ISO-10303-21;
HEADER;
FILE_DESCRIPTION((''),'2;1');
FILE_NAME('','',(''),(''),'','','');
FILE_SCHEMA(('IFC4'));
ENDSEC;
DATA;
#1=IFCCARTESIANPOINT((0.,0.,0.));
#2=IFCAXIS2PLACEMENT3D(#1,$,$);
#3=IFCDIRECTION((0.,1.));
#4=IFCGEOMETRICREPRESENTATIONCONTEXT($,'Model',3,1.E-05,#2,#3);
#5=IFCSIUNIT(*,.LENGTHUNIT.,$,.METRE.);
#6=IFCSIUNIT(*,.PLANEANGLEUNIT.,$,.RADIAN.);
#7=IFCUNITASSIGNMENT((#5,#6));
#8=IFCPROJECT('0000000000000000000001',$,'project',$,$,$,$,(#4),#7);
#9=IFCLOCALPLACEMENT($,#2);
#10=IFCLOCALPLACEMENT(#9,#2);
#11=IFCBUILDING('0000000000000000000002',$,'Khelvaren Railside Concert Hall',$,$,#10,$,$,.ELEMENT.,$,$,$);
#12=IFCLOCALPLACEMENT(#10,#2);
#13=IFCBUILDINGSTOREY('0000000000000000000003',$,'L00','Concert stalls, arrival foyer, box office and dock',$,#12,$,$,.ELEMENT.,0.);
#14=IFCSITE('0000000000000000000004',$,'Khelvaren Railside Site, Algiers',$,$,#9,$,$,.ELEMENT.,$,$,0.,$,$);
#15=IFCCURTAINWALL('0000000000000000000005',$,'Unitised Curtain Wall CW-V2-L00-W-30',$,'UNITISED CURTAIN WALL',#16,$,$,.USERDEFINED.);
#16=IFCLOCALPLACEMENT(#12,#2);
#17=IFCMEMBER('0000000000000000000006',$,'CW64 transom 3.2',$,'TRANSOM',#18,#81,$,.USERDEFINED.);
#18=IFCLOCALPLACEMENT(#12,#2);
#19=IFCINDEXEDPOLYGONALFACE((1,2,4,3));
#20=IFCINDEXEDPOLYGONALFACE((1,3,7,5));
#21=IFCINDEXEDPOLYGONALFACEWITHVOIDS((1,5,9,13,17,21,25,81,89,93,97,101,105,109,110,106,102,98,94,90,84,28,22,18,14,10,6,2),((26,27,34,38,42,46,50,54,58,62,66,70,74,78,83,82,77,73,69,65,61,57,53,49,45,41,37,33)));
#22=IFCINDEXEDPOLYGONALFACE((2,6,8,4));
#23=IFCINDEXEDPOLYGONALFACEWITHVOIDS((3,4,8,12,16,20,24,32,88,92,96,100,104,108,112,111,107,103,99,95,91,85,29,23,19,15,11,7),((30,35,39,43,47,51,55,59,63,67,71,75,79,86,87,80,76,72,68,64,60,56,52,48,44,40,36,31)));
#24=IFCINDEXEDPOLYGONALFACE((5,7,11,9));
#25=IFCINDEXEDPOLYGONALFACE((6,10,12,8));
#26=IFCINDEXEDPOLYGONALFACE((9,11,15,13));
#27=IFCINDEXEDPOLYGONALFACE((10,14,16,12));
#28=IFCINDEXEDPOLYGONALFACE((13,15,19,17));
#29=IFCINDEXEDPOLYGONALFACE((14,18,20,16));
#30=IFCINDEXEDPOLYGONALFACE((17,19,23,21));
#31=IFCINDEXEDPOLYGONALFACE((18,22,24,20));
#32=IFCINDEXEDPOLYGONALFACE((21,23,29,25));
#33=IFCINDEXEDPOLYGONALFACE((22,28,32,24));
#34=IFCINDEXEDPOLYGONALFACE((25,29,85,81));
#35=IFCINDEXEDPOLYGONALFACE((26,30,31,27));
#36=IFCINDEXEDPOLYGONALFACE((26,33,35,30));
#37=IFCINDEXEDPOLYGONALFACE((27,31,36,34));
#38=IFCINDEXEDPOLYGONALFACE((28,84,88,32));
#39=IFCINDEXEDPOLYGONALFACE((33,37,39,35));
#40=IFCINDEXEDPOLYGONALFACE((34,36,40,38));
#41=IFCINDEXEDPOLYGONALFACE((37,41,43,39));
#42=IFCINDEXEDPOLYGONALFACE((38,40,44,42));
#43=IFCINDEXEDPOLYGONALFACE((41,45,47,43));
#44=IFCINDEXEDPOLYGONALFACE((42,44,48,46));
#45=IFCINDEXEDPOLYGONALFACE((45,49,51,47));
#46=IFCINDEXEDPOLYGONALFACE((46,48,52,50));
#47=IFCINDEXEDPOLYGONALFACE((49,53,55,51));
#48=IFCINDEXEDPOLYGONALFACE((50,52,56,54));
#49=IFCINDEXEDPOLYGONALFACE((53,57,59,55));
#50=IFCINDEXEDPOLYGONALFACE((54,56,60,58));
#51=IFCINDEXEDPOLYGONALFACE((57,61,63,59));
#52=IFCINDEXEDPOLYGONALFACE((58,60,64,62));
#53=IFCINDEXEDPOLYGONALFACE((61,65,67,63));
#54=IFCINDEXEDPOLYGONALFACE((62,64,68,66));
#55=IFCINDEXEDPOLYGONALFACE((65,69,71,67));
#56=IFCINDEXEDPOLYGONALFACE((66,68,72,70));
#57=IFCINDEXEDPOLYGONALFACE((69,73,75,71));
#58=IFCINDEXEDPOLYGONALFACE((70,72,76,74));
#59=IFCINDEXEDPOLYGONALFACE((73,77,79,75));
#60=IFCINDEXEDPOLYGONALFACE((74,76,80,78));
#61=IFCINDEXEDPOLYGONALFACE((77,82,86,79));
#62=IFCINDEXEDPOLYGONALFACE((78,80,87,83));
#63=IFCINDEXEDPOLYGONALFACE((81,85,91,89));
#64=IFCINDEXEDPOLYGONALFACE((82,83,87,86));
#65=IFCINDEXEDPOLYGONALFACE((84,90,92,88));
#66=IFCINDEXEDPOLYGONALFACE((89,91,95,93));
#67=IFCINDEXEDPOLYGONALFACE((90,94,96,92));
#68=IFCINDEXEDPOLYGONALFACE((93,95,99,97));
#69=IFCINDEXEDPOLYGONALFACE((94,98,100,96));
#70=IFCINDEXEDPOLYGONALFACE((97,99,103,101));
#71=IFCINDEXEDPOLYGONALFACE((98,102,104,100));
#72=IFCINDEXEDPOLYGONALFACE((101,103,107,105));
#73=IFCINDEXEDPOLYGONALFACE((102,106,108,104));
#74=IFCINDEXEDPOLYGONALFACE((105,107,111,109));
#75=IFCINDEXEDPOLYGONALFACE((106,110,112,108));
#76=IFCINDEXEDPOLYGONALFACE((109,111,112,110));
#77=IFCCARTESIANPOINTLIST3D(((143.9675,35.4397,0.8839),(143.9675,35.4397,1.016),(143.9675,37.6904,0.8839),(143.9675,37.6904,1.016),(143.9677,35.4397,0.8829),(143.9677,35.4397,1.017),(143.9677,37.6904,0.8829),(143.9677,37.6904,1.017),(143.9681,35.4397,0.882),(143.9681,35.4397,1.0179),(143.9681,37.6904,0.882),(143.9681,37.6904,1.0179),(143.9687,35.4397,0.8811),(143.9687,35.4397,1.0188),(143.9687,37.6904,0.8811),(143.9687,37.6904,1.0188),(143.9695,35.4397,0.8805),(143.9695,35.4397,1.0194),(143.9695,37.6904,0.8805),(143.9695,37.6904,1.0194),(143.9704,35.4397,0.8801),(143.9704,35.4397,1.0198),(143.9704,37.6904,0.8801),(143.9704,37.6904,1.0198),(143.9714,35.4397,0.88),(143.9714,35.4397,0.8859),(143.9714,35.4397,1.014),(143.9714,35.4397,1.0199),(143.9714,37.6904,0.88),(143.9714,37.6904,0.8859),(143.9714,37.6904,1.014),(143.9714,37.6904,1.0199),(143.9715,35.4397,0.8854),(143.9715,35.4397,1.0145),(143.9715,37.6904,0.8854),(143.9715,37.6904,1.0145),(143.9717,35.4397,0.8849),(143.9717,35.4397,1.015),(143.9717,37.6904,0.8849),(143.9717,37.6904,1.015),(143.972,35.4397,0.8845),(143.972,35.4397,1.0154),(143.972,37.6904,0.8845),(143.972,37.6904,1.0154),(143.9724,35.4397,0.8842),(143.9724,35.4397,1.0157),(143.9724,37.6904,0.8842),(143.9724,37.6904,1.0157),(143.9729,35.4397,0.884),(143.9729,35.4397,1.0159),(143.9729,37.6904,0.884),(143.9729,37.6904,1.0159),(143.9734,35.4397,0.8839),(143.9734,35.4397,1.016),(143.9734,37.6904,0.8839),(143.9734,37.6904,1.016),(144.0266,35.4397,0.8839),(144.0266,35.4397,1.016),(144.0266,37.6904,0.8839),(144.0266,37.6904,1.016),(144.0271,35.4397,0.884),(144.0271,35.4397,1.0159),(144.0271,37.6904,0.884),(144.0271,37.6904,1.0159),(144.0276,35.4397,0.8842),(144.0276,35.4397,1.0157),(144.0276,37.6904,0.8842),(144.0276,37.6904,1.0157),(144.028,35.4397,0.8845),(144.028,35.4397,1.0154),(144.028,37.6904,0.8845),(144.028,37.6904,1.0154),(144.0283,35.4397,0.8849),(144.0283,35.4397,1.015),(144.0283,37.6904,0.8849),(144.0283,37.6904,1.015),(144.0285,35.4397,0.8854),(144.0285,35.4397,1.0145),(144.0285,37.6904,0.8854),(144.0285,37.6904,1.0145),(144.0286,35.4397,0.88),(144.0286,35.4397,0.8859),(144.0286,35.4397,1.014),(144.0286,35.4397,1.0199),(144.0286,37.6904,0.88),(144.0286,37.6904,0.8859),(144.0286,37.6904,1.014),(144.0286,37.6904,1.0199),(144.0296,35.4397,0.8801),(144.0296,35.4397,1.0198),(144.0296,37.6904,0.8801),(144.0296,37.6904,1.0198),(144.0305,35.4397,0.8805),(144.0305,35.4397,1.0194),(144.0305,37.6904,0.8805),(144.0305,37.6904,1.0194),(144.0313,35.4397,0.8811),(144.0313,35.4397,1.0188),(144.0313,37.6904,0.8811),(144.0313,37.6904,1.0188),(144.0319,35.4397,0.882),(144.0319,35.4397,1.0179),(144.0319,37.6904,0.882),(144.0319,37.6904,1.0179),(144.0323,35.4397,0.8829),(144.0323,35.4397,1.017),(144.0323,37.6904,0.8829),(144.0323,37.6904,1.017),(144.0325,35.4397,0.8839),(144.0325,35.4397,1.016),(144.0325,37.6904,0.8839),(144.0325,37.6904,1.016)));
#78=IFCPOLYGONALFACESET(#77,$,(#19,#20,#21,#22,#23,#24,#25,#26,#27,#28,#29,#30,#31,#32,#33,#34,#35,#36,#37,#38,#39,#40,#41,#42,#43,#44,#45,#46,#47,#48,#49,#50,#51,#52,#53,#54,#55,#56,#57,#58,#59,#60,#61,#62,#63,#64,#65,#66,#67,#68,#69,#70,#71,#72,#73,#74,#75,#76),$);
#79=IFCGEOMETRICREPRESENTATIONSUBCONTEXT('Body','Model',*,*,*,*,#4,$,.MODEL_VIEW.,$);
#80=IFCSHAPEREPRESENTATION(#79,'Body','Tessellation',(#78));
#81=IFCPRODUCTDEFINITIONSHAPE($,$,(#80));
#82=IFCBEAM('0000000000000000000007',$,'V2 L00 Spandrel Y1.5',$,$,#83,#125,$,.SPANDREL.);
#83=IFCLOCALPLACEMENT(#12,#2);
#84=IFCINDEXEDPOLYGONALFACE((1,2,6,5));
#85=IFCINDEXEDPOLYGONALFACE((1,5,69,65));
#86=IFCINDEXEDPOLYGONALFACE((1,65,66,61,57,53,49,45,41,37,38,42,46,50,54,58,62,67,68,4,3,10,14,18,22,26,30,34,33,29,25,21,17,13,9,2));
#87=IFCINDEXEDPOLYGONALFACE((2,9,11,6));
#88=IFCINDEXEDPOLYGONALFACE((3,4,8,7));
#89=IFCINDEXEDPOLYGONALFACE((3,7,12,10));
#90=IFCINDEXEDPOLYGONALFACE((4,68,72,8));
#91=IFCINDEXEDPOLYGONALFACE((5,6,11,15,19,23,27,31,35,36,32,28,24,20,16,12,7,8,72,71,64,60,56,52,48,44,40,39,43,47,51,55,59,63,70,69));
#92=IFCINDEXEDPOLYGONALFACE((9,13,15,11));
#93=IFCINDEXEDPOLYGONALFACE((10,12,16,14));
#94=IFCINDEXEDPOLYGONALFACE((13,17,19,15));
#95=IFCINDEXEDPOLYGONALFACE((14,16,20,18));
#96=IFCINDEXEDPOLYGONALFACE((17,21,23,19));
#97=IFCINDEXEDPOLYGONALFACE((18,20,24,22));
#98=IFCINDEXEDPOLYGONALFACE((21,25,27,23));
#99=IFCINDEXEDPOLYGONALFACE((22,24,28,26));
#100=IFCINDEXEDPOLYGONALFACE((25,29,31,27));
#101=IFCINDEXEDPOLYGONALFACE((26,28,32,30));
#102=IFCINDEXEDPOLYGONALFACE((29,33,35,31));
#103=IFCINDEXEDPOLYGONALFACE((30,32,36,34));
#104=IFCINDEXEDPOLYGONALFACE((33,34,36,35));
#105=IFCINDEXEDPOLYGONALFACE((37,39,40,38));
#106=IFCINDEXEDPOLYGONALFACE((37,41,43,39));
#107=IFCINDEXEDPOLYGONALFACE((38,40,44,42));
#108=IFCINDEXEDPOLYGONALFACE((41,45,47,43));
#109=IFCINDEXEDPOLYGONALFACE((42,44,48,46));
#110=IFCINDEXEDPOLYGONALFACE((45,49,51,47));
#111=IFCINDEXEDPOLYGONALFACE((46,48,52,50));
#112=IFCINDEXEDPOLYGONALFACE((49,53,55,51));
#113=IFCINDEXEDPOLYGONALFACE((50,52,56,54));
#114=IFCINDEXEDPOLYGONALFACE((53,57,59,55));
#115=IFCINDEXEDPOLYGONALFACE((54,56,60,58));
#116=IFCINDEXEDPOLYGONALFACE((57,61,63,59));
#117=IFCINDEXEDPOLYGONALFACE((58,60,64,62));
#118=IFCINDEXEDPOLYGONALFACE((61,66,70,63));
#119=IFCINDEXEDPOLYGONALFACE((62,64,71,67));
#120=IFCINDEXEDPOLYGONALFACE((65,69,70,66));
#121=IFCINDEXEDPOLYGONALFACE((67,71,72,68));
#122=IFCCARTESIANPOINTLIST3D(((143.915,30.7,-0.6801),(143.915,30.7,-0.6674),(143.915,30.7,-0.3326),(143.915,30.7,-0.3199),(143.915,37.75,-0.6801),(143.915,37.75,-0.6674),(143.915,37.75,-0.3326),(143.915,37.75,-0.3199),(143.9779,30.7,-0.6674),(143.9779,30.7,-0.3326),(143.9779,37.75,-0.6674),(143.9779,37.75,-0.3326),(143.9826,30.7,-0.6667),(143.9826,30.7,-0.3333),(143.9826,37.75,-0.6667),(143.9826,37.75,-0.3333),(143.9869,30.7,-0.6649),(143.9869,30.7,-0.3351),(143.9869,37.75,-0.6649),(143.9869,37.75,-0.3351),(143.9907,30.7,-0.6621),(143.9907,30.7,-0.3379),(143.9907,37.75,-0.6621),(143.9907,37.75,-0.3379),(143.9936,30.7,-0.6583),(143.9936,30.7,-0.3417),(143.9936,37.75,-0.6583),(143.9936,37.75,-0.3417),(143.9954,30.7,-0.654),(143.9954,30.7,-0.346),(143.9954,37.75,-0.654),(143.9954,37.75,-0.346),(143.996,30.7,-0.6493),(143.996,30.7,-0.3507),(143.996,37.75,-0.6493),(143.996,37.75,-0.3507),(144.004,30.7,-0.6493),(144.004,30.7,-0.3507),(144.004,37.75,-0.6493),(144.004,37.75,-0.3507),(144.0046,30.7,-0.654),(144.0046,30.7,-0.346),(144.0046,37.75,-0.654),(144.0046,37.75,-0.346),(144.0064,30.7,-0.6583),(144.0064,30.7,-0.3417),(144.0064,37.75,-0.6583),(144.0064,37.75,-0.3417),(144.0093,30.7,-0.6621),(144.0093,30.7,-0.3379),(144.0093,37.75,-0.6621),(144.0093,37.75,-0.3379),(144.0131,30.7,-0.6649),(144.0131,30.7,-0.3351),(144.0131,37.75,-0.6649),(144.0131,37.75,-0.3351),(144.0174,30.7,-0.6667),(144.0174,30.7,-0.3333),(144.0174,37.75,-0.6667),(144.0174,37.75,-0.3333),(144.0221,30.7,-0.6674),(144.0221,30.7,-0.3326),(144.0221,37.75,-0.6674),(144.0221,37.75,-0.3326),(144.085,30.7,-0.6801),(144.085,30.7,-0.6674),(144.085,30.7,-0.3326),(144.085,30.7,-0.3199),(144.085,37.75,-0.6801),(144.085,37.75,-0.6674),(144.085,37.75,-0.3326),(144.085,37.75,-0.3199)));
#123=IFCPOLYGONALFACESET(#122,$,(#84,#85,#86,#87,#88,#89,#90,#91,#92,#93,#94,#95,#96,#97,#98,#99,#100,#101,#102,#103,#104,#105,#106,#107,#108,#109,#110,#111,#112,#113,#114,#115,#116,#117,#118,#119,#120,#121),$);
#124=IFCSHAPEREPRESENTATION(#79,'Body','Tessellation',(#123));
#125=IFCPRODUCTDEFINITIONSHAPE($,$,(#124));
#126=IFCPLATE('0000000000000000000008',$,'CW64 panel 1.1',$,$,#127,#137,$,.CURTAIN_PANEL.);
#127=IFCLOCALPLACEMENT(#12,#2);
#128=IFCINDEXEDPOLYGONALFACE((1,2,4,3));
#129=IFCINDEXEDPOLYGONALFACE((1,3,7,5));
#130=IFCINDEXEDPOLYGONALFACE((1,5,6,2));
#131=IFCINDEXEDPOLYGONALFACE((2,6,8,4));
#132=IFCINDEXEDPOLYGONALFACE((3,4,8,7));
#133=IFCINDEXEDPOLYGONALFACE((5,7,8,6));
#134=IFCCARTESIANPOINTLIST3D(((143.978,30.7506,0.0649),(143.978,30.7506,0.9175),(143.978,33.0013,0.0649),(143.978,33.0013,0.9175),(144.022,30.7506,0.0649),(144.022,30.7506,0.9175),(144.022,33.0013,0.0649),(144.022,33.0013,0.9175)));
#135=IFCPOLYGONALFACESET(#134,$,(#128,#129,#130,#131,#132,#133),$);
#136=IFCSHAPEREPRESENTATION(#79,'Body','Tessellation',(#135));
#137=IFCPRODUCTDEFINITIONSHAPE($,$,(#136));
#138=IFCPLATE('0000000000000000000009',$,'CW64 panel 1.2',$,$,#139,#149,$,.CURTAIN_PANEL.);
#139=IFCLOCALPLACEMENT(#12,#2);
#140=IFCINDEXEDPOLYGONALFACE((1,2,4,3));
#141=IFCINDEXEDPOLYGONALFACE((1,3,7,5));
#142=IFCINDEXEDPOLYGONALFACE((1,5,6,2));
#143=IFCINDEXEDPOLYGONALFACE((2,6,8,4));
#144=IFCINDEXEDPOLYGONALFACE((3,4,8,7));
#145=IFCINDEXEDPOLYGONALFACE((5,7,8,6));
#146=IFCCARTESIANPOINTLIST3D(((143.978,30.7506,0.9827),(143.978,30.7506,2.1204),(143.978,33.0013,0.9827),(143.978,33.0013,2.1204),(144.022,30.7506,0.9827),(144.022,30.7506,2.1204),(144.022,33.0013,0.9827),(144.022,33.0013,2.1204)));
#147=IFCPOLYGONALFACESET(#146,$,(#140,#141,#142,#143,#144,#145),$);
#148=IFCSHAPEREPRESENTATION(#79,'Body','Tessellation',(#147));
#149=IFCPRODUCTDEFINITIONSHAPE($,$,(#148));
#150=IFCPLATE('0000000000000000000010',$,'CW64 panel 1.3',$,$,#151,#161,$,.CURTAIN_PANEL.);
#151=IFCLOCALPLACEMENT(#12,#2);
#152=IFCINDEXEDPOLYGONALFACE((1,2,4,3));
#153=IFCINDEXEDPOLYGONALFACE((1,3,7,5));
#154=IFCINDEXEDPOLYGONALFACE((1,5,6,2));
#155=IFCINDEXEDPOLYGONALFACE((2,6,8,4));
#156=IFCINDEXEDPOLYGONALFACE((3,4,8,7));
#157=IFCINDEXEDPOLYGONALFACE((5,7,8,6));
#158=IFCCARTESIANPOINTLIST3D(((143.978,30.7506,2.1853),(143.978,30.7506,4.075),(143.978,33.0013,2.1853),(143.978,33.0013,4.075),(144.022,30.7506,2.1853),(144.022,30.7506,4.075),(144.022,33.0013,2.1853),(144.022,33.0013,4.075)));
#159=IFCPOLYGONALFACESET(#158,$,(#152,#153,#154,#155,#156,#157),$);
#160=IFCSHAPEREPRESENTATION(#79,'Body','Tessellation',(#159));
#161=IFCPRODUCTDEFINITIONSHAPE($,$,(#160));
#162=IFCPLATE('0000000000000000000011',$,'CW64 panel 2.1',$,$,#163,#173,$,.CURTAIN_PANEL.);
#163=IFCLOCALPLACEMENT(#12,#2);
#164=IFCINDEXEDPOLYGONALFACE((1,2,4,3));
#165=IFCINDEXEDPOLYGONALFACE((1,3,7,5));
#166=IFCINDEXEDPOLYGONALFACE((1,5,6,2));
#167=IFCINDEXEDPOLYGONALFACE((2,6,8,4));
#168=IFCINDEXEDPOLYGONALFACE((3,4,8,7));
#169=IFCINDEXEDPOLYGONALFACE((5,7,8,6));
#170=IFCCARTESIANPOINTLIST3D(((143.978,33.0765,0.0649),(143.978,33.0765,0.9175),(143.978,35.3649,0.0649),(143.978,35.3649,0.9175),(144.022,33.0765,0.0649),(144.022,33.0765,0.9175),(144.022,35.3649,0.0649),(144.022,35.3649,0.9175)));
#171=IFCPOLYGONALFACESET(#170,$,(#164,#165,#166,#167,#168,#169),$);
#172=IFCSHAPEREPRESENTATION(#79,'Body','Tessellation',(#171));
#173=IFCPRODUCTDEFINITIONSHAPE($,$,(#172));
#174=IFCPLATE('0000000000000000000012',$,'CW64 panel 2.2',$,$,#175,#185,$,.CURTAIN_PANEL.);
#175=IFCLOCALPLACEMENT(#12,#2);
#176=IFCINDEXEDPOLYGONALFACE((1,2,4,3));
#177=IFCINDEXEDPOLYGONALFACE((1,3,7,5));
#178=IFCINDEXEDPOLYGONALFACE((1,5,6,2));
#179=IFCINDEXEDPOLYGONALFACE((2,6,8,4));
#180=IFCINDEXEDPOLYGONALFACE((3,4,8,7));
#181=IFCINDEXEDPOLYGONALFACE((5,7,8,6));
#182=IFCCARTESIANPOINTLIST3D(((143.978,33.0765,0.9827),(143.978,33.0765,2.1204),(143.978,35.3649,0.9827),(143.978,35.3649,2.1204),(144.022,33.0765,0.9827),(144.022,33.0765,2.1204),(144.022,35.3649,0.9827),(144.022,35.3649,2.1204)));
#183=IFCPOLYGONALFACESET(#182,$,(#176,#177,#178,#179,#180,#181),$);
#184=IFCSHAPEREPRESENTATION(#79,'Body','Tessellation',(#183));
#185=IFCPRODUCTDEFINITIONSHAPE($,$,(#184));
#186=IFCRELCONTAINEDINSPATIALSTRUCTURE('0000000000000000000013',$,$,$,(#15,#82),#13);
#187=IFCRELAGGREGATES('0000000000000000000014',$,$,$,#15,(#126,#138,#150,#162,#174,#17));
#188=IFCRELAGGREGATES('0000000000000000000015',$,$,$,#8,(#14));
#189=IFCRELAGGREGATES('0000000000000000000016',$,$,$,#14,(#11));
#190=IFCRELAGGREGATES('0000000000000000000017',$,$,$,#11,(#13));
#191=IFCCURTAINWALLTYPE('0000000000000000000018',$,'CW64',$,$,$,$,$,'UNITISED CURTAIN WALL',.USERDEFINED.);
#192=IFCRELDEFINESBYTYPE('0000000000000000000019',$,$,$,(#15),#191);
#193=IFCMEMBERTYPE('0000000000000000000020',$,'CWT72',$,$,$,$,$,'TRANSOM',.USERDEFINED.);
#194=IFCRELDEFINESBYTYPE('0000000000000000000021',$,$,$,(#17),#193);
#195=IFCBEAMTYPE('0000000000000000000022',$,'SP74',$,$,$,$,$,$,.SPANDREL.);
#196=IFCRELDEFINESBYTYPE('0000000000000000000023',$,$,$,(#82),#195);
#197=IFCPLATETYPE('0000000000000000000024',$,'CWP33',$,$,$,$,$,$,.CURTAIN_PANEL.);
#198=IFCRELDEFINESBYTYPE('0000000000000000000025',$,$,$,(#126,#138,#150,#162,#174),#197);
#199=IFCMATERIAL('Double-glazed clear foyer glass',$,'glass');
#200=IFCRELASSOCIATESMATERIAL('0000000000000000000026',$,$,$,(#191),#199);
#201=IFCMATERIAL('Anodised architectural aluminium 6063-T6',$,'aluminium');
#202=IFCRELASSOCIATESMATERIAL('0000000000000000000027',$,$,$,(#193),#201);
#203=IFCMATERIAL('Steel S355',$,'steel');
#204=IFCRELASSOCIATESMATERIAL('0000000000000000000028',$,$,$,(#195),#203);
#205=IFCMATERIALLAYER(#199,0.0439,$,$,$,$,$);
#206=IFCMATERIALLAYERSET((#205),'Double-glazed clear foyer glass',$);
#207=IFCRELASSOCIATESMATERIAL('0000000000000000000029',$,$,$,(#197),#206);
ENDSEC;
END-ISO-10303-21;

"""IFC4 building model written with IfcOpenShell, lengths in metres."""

from ifc_helpers import new_model, si_unit, direction, frame, origin, origin_2d, place, context, subcontext, project, spatial, rectangle, hollow_rectangle, i_section, extrude, material, layer, layer_set, material_profile, profile_set, type_object, element, aggregate, save


model = new_model("IFC4")

# Units and contexts
model_context = context("Model", 3, precision=1e-05, world=origin(), true_north=direction((0.0, 1.0)))
body_context = subcontext(model_context, "Body", "Model", "MODEL_VIEW")
ifc_project = project(units=[si_unit("LENGTHUNIT", "METRE"), si_unit("PLANEANGLEUNIT", "RADIAN")], contexts=[model_context])

# Site, building, storey
site_placement = place(None, origin())
site = spatial("IfcSite", under=ifc_project, at=site_placement, Name="Khelvaren Railside Site, Algiers", CompositionType="ELEMENT", RefElevation=0.0)
building_placement = place(site_placement, origin())
building = spatial("IfcBuilding", under=site, at=building_placement, Name="Khelvaren Railside Concert Hall", CompositionType="ELEMENT")
storey_placement = place(building_placement, origin())
storey = spatial("IfcBuildingStorey", under=building, at=storey_placement, Name="L00", Description="Concert stalls, arrival foyer, box office and dock", CompositionType="ELEMENT", Elevation=0.0)

# Shared definitions
ifc_material_1 = material(Name="Steel S355", Category="steel")

# Curtain wall
ifc_material_2 = material(Name="Double-glazed clear foyer glass", Category="glass")
curtain_wall_type_1 = type_object("IfcCurtainWallType", Name="CW64", ElementType="UNITISED CURTAIN WALL", PredefinedType="USERDEFINED", material=ifc_material_2)
curtain_wall_1_placement = place(storey_placement, origin())
curtain_wall_1 = element("IfcCurtainWall", 1, at=curtain_wall_1_placement, inside=storey, type_object=curtain_wall_type_1, Name="Unitised Curtain Wall CW-V2-L00-W-30", ObjectType="UNITISED CURTAIN WALL", PredefinedType="USERDEFINED")
ifc_material_3 = material(Name="Anodised architectural aluminium 6063-T6", Category="aluminium")
ifc_material_profile_1 = material_profile(ifc_material_3, hollow_rectangle(XDim=0.0649, YDim=0.1399, WallThickness=0.0039, InnerFilletRadius=0.002, OuterFilletRadius=0.0039, at=origin_2d()), Name="CWT 65x140x4")
ifc_profile_set_1 = profile_set([ifc_material_profile_1], Name="Anodised architectural aluminium 6063-T6")
member_type_1 = type_object("IfcMemberType", Name="CWT72", ElementType="TRANSOM", PredefinedType="USERDEFINED", material=ifc_profile_set_1)

# Member
member_1_placement = place(storey_placement, frame((144.0, 35.4397, 0.95), z_axis=(0.0, 1.0, 0.0), x_axis=(-1.0, 0.0, 0.0)))
member_1 = element("IfcMember", 2, at=member_1_placement, type_object=member_type_1, Name="CW64 transom 3.2", ObjectType="TRANSOM", PredefinedType="USERDEFINED", context=body_context, shape_type="SweptSolid", body=[
    extrude(hollow_rectangle(XDim=0.0649, YDim=0.1399, WallThickness=0.0039, InnerFilletRadius=0.002, OuterFilletRadius=0.0039, at=origin_2d()), origin(), (0.0, 0.0, 1.0), 2.2507),
])

# Beam
ifc_material_profile_2 = material_profile(ifc_material_1, i_section(OverallWidth=0.1699, OverallDepth=0.3601, WebThickness=0.0081, FlangeThickness=0.0127, FilletRadius=0.0181, at=origin_2d()), Name="IPE 360")
ifc_profile_set_2 = profile_set([ifc_material_profile_2], Name="Steel S355")
beam_type = type_object("IfcBeamType", Name="SP74", PredefinedType="SPANDREL", material=ifc_profile_set_2)
beam_placement = place(storey_placement, frame((144.0, 30.7, -0.5), z_axis=(0.0, 1.0, 0.0), x_axis=(-1.0, 0.0, 0.0)))
element("IfcBeam", 3, at=beam_placement, inside=storey, type_object=beam_type, Name="V2 L00 Spandrel Y1.5", PredefinedType="SPANDREL", context=body_context, shape_type="SweptSolid", body=[
    extrude(i_section(OverallWidth=0.1699, OverallDepth=0.3601, WebThickness=0.0081, FlangeThickness=0.0127, FilletRadius=0.0181, at=origin_2d()), origin(), (0.0, 0.0, 1.0), 7.05),
])

# Plates
ifc_layer_1 = layer(ifc_material_2, 0.0439)
ifc_layer_set_1 = layer_set([ifc_layer_1], Name="Double-glazed clear foyer glass")
plate_type_1 = type_object("IfcPlateType", Name="CWP33", PredefinedType="CURTAIN_PANEL", material=ifc_layer_set_1)
plate_1_placement = place(storey_placement, frame((144.0, 31.876, 0.0649), z_axis=(0.0, 0.0, 1.0), x_axis=(0.0, 1.0, 0.0)))
plate_1 = element("IfcPlate", 4, at=plate_1_placement, type_object=plate_type_1, Name="CW64 panel 1.1", PredefinedType="CURTAIN_PANEL", context=body_context, shape_type="SweptSolid", body=[
    extrude(rectangle(XDim=2.2507, YDim=0.0439, at=origin_2d()), origin(), (0.0, 0.0, 1.0), 0.8525),
])
plate_2_placement = place(storey_placement, frame((144.0, 31.876, 0.9827), z_axis=(0.0, 0.0, 1.0), x_axis=(0.0, 1.0, 0.0)))
plate_2 = element("IfcPlate", 5, at=plate_2_placement, type_object=plate_type_1, Name="CW64 panel 1.2", PredefinedType="CURTAIN_PANEL", context=body_context, shape_type="SweptSolid", body=[
    extrude(rectangle(XDim=2.2507, YDim=0.0439, at=origin_2d()), origin(), (0.0, 0.0, 1.0), 1.1377),
])
plate_3_placement = place(storey_placement, frame((144.0, 31.876, 2.1853), z_axis=(0.0, 0.0, 1.0), x_axis=(0.0, 1.0, 0.0)))
plate_3 = element("IfcPlate", 6, at=plate_3_placement, type_object=plate_type_1, Name="CW64 panel 1.3", PredefinedType="CURTAIN_PANEL", context=body_context, shape_type="SweptSolid", body=[
    extrude(rectangle(XDim=2.2507, YDim=0.0439, at=origin_2d()), origin(), (0.0, 0.0, 1.0), 1.8896),
])
plate_4_placement = place(storey_placement, frame((144.0, 34.2207, 0.0649), z_axis=(0.0, 0.0, 1.0), x_axis=(0.0, 1.0, 0.0)))
plate_4 = element("IfcPlate", 7, at=plate_4_placement, type_object=plate_type_1, Name="CW64 panel 2.1", PredefinedType="CURTAIN_PANEL", context=body_context, shape_type="SweptSolid", body=[
    extrude(rectangle(XDim=2.2883, YDim=0.0439, at=origin_2d()), origin(), (0.0, 0.0, 1.0), 0.8525),
])
plate_5_placement = place(storey_placement, frame((144.0, 34.2207, 0.9827), z_axis=(0.0, 0.0, 1.0), x_axis=(0.0, 1.0, 0.0)))
plate_5 = element("IfcPlate", 8, at=plate_5_placement, type_object=plate_type_1, Name="CW64 panel 2.2", PredefinedType="CURTAIN_PANEL", context=body_context, shape_type="SweptSolid", body=[
    extrude(rectangle(XDim=2.2883, YDim=0.0439, at=origin_2d()), origin(), (0.0, 0.0, 1.0), 1.1377),
])
aggregate(curtain_wall_1, [plate_1, plate_2, plate_3, plate_4, plate_5, member_1])

save(model, "model.ifc")
